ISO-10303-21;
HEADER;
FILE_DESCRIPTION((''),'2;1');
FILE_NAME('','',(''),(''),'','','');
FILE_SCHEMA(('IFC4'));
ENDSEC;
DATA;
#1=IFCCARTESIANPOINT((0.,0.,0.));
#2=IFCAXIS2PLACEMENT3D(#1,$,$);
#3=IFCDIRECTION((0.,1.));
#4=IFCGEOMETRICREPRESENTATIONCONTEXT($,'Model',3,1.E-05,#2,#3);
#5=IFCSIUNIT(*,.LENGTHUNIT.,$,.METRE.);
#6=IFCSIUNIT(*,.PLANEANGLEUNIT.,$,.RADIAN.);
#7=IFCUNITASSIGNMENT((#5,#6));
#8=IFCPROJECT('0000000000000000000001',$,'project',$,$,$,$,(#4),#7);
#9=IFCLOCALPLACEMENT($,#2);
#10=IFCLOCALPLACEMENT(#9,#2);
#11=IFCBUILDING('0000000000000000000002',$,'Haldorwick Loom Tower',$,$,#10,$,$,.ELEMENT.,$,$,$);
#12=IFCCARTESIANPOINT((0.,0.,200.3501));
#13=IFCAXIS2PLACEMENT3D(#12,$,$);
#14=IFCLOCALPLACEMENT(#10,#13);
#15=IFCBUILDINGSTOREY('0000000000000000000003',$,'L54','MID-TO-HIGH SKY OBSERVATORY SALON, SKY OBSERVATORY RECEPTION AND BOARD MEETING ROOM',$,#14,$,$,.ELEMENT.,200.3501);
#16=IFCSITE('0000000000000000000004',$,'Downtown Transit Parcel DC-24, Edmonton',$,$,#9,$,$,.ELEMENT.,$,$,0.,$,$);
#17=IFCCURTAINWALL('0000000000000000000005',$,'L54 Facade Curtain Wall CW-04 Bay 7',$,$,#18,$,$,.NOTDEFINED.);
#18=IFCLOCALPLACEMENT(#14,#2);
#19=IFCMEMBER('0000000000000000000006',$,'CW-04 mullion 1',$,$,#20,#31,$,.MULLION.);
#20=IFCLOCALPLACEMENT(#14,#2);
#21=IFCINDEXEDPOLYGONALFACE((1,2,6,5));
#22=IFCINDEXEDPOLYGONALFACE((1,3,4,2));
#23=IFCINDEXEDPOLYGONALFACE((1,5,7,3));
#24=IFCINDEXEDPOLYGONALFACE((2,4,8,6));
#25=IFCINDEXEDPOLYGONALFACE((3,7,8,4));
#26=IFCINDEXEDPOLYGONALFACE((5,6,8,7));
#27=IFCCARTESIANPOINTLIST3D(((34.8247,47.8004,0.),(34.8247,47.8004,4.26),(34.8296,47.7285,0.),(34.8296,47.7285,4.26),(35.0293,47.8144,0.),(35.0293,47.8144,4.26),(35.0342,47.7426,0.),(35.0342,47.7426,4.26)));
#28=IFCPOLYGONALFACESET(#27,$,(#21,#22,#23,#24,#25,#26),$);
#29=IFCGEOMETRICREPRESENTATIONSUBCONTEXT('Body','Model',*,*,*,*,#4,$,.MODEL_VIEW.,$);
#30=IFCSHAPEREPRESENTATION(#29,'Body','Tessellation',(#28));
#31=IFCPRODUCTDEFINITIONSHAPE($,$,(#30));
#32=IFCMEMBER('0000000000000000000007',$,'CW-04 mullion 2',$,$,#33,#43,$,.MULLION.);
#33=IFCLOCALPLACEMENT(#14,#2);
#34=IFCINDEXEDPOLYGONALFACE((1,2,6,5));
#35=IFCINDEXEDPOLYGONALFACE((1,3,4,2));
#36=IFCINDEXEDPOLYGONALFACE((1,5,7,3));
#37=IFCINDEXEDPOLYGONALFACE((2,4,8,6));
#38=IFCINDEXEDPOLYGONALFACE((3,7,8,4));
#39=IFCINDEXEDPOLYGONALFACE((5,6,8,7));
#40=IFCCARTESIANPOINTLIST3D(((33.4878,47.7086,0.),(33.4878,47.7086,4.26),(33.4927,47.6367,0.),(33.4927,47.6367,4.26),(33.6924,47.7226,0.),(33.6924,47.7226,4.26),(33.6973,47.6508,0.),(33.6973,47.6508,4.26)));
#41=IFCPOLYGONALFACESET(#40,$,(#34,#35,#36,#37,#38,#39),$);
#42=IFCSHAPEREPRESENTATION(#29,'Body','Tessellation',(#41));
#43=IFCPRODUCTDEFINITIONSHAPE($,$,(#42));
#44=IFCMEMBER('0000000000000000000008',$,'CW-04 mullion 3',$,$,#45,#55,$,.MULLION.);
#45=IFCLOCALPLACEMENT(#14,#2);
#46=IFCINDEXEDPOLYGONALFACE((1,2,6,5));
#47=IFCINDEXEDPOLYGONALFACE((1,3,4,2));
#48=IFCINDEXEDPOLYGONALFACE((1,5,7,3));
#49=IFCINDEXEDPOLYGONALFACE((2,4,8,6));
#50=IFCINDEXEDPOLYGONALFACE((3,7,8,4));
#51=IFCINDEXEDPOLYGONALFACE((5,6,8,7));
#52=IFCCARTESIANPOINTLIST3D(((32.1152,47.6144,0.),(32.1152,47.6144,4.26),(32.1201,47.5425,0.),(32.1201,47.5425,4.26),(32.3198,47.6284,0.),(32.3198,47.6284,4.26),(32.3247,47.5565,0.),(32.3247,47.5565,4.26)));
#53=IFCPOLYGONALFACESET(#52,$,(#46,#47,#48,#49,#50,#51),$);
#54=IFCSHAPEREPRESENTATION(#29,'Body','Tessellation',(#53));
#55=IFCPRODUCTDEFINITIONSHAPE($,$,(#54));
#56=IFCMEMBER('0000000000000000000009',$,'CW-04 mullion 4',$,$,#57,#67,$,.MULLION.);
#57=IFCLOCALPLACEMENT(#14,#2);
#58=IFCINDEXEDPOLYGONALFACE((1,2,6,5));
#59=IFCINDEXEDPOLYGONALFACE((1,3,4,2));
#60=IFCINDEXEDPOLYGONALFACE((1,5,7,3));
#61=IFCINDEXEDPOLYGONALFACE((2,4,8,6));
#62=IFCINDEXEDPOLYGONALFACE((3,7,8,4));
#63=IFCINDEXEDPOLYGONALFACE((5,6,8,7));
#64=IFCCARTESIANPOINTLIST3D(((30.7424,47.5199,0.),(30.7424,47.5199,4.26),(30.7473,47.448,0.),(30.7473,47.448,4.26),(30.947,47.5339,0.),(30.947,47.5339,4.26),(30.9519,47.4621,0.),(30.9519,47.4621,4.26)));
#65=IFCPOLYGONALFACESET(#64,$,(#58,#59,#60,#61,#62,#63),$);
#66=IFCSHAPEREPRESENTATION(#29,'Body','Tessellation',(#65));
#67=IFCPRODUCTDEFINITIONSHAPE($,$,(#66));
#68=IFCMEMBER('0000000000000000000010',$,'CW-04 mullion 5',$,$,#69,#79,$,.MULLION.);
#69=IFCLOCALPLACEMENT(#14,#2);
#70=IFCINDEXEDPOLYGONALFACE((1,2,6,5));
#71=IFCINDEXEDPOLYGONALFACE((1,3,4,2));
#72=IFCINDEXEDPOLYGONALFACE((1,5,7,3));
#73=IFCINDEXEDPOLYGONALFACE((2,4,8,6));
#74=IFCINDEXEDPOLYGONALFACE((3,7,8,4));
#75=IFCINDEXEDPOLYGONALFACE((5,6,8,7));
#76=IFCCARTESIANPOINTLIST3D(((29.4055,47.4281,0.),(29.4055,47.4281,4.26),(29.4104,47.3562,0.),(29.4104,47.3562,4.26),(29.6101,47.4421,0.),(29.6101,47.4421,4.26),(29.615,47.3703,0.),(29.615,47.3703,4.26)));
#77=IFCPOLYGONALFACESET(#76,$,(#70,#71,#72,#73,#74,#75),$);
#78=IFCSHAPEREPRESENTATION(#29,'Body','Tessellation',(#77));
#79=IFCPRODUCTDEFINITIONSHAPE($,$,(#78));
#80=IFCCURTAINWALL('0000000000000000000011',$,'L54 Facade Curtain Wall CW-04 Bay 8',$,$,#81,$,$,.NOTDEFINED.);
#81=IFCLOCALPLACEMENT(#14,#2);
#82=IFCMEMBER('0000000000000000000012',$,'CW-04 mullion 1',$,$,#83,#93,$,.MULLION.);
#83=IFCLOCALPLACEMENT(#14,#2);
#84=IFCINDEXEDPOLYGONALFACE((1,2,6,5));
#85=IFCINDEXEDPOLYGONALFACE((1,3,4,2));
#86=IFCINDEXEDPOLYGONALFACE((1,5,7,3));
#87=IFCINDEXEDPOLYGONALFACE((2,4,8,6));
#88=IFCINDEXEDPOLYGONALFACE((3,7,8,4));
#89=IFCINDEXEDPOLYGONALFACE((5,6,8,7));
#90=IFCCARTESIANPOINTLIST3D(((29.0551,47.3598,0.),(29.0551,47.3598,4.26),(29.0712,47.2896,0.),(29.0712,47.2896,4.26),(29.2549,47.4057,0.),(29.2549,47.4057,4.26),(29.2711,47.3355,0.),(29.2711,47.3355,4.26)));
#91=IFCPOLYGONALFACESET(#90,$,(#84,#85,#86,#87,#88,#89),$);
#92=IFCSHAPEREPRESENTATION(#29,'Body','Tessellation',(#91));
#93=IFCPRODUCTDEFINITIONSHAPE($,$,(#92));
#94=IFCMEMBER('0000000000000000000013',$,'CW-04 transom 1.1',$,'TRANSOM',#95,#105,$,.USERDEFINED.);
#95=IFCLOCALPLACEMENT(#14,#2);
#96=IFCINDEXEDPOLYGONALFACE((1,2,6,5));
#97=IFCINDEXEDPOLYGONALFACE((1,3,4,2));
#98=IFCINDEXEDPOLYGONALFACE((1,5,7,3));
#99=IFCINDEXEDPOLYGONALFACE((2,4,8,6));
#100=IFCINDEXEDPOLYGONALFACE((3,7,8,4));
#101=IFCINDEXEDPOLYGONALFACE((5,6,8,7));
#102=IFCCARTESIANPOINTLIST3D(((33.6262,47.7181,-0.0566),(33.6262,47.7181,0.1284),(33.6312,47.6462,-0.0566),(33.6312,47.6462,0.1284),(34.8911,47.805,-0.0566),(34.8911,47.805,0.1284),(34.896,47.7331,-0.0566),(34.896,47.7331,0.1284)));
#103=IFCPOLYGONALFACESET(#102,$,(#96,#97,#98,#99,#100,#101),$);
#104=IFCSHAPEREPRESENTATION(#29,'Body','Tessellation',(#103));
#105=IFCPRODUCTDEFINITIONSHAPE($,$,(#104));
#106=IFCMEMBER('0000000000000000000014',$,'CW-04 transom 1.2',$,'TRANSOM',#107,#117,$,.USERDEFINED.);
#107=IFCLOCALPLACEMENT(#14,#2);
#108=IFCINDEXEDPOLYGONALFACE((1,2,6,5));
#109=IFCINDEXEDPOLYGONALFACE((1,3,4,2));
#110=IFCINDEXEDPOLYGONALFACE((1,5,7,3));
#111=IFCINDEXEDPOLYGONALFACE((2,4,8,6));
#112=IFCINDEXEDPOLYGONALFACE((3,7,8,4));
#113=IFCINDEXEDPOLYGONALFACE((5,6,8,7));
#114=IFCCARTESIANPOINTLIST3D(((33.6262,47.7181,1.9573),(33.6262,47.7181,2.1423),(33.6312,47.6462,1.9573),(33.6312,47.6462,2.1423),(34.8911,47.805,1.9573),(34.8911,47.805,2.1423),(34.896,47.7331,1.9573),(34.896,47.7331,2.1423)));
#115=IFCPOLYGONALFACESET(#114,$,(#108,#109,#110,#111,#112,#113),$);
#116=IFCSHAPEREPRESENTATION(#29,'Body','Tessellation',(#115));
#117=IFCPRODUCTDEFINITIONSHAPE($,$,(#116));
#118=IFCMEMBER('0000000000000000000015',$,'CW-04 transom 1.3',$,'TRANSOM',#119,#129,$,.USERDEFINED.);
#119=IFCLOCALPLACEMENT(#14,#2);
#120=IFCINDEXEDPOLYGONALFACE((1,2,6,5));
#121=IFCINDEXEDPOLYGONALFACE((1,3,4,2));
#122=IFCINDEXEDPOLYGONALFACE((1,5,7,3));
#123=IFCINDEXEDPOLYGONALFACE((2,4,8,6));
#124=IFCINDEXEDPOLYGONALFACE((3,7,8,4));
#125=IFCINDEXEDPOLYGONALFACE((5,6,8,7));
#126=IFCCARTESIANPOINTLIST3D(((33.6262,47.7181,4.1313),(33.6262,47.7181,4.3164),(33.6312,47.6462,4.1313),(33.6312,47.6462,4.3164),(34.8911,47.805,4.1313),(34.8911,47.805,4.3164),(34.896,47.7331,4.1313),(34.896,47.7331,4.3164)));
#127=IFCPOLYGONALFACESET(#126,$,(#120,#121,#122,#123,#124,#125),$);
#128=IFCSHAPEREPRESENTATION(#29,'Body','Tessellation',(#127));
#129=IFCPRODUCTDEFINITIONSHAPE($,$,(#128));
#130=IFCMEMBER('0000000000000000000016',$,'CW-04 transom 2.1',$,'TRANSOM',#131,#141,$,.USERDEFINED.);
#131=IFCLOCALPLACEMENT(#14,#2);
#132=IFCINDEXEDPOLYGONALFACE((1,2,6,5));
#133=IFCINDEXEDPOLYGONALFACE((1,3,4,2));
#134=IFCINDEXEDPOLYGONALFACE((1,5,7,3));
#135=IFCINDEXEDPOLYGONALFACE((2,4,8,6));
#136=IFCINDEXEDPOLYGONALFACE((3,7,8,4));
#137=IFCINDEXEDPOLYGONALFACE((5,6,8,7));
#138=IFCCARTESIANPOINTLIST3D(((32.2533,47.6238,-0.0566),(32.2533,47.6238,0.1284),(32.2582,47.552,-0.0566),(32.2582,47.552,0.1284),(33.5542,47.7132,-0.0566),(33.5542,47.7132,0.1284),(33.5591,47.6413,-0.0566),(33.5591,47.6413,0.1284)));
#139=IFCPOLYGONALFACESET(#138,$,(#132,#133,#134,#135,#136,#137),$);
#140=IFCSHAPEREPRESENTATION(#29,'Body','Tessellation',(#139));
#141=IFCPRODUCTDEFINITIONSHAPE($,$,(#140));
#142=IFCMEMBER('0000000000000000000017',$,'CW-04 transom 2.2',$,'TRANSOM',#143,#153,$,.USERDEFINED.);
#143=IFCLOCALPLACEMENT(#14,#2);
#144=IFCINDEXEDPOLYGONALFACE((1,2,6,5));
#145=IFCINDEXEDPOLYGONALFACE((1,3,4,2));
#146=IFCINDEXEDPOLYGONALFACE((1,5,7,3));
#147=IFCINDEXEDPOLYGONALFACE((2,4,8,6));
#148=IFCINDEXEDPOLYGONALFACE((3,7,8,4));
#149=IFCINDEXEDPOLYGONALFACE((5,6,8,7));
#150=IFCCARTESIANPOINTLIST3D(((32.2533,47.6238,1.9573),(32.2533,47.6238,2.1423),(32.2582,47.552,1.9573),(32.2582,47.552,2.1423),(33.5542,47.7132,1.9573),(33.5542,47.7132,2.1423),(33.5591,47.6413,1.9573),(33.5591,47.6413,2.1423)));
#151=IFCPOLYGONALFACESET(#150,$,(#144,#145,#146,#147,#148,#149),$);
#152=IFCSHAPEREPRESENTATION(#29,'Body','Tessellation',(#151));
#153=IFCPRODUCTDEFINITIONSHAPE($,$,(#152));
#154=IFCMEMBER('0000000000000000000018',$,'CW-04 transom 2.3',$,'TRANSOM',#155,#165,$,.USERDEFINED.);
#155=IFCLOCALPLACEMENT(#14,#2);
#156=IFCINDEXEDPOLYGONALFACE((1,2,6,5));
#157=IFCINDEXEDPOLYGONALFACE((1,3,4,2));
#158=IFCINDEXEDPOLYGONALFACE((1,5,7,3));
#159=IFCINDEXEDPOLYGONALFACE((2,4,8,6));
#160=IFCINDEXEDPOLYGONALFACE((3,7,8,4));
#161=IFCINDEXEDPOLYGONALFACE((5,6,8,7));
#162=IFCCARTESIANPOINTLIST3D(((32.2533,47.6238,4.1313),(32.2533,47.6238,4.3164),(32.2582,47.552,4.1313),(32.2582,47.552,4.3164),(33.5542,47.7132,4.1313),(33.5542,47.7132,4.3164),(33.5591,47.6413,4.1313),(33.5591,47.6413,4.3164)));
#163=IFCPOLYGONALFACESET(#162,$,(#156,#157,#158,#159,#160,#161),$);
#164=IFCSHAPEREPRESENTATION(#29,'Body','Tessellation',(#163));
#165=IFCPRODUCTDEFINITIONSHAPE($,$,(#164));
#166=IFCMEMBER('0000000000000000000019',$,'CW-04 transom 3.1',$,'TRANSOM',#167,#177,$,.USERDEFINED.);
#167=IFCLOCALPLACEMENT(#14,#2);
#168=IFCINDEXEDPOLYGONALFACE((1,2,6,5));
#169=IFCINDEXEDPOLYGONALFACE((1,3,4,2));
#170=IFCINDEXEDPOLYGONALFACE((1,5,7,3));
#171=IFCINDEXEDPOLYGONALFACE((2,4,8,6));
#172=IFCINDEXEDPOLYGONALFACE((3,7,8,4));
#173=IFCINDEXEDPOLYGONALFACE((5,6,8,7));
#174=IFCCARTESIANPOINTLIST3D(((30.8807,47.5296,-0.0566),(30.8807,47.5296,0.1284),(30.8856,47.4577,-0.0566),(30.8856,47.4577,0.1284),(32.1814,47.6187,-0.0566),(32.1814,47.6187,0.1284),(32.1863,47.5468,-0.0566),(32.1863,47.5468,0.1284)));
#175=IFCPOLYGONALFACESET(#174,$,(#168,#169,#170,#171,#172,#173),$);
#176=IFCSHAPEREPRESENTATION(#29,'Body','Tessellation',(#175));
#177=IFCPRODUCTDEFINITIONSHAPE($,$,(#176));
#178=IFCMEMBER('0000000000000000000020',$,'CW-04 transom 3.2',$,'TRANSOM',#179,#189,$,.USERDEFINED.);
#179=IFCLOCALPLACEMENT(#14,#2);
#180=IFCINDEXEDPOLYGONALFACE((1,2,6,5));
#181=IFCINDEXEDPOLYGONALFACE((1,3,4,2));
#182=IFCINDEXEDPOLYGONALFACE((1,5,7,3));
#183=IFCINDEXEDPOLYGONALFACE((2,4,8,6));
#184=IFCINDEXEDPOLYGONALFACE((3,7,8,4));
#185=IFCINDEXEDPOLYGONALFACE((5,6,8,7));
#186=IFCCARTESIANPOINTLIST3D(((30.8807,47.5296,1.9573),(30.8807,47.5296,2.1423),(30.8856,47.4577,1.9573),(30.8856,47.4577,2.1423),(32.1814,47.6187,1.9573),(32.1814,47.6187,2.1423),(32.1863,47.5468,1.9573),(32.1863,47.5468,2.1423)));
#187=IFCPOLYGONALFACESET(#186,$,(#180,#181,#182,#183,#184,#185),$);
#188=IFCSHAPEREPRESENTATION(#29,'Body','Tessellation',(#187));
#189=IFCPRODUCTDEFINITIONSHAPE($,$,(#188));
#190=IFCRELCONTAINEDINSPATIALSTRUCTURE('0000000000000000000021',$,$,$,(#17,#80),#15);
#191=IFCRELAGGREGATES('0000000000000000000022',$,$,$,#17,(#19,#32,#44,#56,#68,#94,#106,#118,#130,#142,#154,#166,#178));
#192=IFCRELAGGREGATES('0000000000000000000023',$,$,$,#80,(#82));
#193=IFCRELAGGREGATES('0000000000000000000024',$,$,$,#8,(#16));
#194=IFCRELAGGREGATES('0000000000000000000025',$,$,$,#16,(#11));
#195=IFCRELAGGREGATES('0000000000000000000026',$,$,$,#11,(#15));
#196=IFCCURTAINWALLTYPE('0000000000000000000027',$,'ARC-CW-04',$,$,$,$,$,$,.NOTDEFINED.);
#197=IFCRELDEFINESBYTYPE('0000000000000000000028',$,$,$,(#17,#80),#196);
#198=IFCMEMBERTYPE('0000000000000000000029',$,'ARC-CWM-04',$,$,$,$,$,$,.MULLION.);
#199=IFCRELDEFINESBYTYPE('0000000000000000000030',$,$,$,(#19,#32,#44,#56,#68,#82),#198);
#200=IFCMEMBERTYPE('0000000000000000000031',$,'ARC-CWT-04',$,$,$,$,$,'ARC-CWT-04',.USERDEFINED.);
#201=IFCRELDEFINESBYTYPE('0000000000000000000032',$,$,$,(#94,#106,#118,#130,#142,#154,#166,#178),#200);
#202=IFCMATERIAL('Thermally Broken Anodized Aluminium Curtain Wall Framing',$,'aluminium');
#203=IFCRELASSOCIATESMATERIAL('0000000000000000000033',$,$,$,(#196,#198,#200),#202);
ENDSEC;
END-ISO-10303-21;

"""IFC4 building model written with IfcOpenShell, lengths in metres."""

from ifc_helpers import new_model, si_unit, direction, frame, origin, origin_2d, place, context, subcontext, project, spatial, rectangle, extrude, material, material_profile, profile_set, type_object, element, aggregate, save


model = new_model("IFC4")

# Units and contexts
model_context = context("Model", 3, precision=1e-05, world=origin(), true_north=direction((0.0, 1.0)))
body_context = subcontext(model_context, "Body", "Model", "MODEL_VIEW")
ifc_project = project(units=[si_unit("LENGTHUNIT", "METRE"), si_unit("PLANEANGLEUNIT", "RADIAN")], contexts=[model_context])

# Site, building, storey
site_placement = place(None, origin())
site = spatial("IfcSite", under=ifc_project, at=site_placement, Name="Downtown Transit Parcel DC-24, Edmonton", CompositionType="ELEMENT", RefElevation=0.0)
building_placement = place(site_placement, origin())
building = spatial("IfcBuilding", under=site, at=building_placement, Name="Haldorwick Loom Tower", CompositionType="ELEMENT")
storey_placement = place(building_placement, frame((0.0, 0.0, 200.3501)))
storey = spatial("IfcBuildingStorey", under=building, at=storey_placement, Name="L54", Description="MID-TO-HIGH SKY OBSERVATORY SALON, SKY OBSERVATORY RECEPTION AND BOARD MEETING ROOM", CompositionType="ELEMENT", Elevation=200.3501)

# Curtain wall, members
ifc_material_1 = material(Name="Thermally Broken Anodized Aluminium Curtain Wall Framing", Category="aluminium")
curtain_wall_type = type_object("IfcCurtainWallType", Name="ARC-CW-04", PredefinedType="NOTDEFINED", material=ifc_material_1)
curtain_wall_1_placement = place(storey_placement, origin())
curtain_wall_1 = element("IfcCurtainWall", 1, at=curtain_wall_1_placement, inside=storey, type_object=curtain_wall_type, Name="L54 Facade Curtain Wall CW-04 Bay 7", PredefinedType="NOTDEFINED")
ifc_material_profile_1 = material_profile(ifc_material_1, rectangle(XDim=0.072, YDim=0.2051, at=origin_2d()), Name="ALU_MUL_72X205", Category="aluminium")
ifc_profile_set_1 = profile_set([ifc_material_profile_1], Name="Thermally Broken Anodized Aluminium Curtain Wall Framing")
member_type_1 = type_object("IfcMemberType", Name="ARC-CWM-04", PredefinedType="MULLION", material=ifc_profile_set_1)
member_1_placement = place(storey_placement, frame((34.9294, 47.7715, 0.0), z_axis=(0.0, 0.0, 1.0), x_axis=(0.068513, -0.99765, 0.0)))
member_1 = element("IfcMember", 2, at=member_1_placement, type_object=member_type_1, Name="CW-04 mullion 1", PredefinedType="MULLION", context=body_context, shape_type="SweptSolid", body=[
    extrude(rectangle(XDim=0.072, YDim=0.2051, at=origin_2d()), origin(), (0.0, 0.0, 1.0), 4.26),
])
member_2_placement = place(storey_placement, frame((33.5925, 47.6797, 0.0), z_axis=(0.0, 0.0, 1.0), x_axis=(0.068513, -0.99765, 0.0)))
member_2 = element("IfcMember", 3, at=member_2_placement, type_object=member_type_1, Name="CW-04 mullion 2", PredefinedType="MULLION", context=body_context, shape_type="SweptSolid", body=[
    extrude(rectangle(XDim=0.072, YDim=0.2051, at=origin_2d()), origin(), (0.0, 0.0, 1.0), 4.26),
])
member_3_placement = place(storey_placement, frame((32.22, 47.5854, 0.0), z_axis=(0.0, 0.0, 1.0), x_axis=(0.068513, -0.99765, 0.0)))
member_3 = element("IfcMember", 4, at=member_3_placement, type_object=member_type_1, Name="CW-04 mullion 3", PredefinedType="MULLION", context=body_context, shape_type="SweptSolid", body=[
    extrude(rectangle(XDim=0.072, YDim=0.2051, at=origin_2d()), origin(), (0.0, 0.0, 1.0), 4.26),
])
member_4_placement = place(storey_placement, frame((30.8472, 47.491, 0.0), z_axis=(0.0, 0.0, 1.0), x_axis=(0.068513, -0.99765, 0.0)))
member_4 = element("IfcMember", 5, at=member_4_placement, type_object=member_type_1, Name="CW-04 mullion 4", PredefinedType="MULLION", context=body_context, shape_type="SweptSolid", body=[
    extrude(rectangle(XDim=0.072, YDim=0.2051, at=origin_2d()), origin(), (0.0, 0.0, 1.0), 4.26),
])
member_5_placement = place(storey_placement, frame((29.5103, 47.3992, 0.0), z_axis=(0.0, 0.0, 1.0), x_axis=(0.068513, -0.99765, 0.0)))
member_5 = element("IfcMember", 6, at=member_5_placement, type_object=member_type_1, Name="CW-04 mullion 5", PredefinedType="MULLION", context=body_context, shape_type="SweptSolid", body=[
    extrude(rectangle(XDim=0.072, YDim=0.2051, at=origin_2d()), origin(), (0.0, 0.0, 1.0), 4.26),
])

# Curtain wall, member
curtain_wall_2_placement = place(storey_placement, origin())
curtain_wall_2 = element("IfcCurtainWall", 7, at=curtain_wall_2_placement, inside=storey, type_object=curtain_wall_type, Name="L54 Facade Curtain Wall CW-04 Bay 8", PredefinedType="NOTDEFINED")
member_6_placement = place(storey_placement, frame((29.1631, 47.3477, 0.0), z_axis=(0.0, 0.0, 1.0), x_axis=(0.224142, -0.974557, 0.0)))
member_6 = element("IfcMember", 8, at=member_6_placement, type_object=member_type_1, Name="CW-04 mullion 1", PredefinedType="MULLION", context=body_context, shape_type="SweptSolid", body=[
    extrude(rectangle(XDim=0.072, YDim=0.2051, at=origin_2d()), origin(), (0.0, 0.0, 1.0), 4.26),
])

# Members
ifc_material_profile_2 = material_profile(ifc_material_1, rectangle(XDim=0.072, YDim=0.1851, at=origin_2d()), Name="ALU_TRN_72X185", Category="aluminium")
ifc_profile_set_2 = profile_set([ifc_material_profile_2], Name="Thermally Broken Anodized Aluminium Curtain Wall Framing")
member_type_2 = type_object("IfcMemberType", Name="ARC-CWT-04", ElementType="ARC-CWT-04", PredefinedType="USERDEFINED", material=ifc_profile_set_2)
member_7_placement = place(storey_placement, frame((34.8936, 47.769, 0.0359), z_axis=(-0.997648, -0.068551, 0.0), x_axis=(0.068551, -0.997648, 0.0)))
member_7 = element("IfcMember", 9, at=member_7_placement, type_object=member_type_2, Name="CW-04 transom 1.1", ObjectType="TRANSOM", PredefinedType="USERDEFINED", context=body_context, shape_type="SweptSolid", body=[
    extrude(rectangle(XDim=0.072, YDim=0.1851, at=origin_2d()), origin(), (0.0, 0.0, 1.0), 1.2678),
])
member_8_placement = place(storey_placement, frame((34.8936, 47.769, 2.0498), z_axis=(-0.997648, -0.068551, 0.0), x_axis=(0.068551, -0.997648, 0.0)))
member_8 = element("IfcMember", 10, at=member_8_placement, type_object=member_type_2, Name="CW-04 transom 1.2", ObjectType="TRANSOM", PredefinedType="USERDEFINED", context=body_context, shape_type="SweptSolid", body=[
    extrude(rectangle(XDim=0.072, YDim=0.1851, at=origin_2d()), origin(), (0.0, 0.0, 1.0), 1.2678),
])
member_9_placement = place(storey_placement, frame((34.8936, 47.769, 4.2239), z_axis=(-0.997648, -0.068551, 0.0), x_axis=(0.068551, -0.997648, 0.0)))
member_9 = element("IfcMember", 11, at=member_9_placement, type_object=member_type_2, Name="CW-04 transom 1.3", ObjectType="TRANSOM", PredefinedType="USERDEFINED", context=body_context, shape_type="SweptSolid", body=[
    extrude(rectangle(XDim=0.072, YDim=0.1851, at=origin_2d()), origin(), (0.0, 0.0, 1.0), 1.2678),
])
member_10_placement = place(storey_placement, frame((33.5566, 47.6772, 0.0359), z_axis=(-0.997649, -0.068532, 0.0), x_axis=(0.068532, -0.997649, 0.0)))
member_10 = element("IfcMember", 12, at=member_10_placement, type_object=member_type_2, Name="CW-04 transom 2.1", ObjectType="TRANSOM", PredefinedType="USERDEFINED", context=body_context, shape_type="SweptSolid", body=[
    extrude(rectangle(XDim=0.072, YDim=0.1851, at=origin_2d()), origin(), (0.0, 0.0, 1.0), 1.304),
])
member_11_placement = place(storey_placement, frame((33.5566, 47.6772, 2.0498), z_axis=(-0.997649, -0.068532, 0.0), x_axis=(0.068532, -0.997649, 0.0)))
member_11 = element("IfcMember", 13, at=member_11_placement, type_object=member_type_2, Name="CW-04 transom 2.2", ObjectType="TRANSOM", PredefinedType="USERDEFINED", context=body_context, shape_type="SweptSolid", body=[
    extrude(rectangle(XDim=0.072, YDim=0.1851, at=origin_2d()), origin(), (0.0, 0.0, 1.0), 1.304),
])
member_12_placement = place(storey_placement, frame((33.5566, 47.6772, 4.2239), z_axis=(-0.997649, -0.068532, 0.0), x_axis=(0.068532, -0.997649, 0.0)))
member_12 = element("IfcMember", 14, at=member_12_placement, type_object=member_type_2, Name="CW-04 transom 2.3", ObjectType="TRANSOM", PredefinedType="USERDEFINED", context=body_context, shape_type="SweptSolid", body=[
    extrude(rectangle(XDim=0.072, YDim=0.1851, at=origin_2d()), origin(), (0.0, 0.0, 1.0), 1.304),
])
member_13_placement = place(storey_placement, frame((32.1838, 47.5828, 0.0359), z_axis=(-0.997662, -0.068346, 0.0), x_axis=(0.068346, -0.997662, 0.0)))
member_13 = element("IfcMember", 15, at=member_13_placement, type_object=member_type_2, Name="CW-04 transom 3.1", ObjectType="TRANSOM", PredefinedType="USERDEFINED", context=body_context, shape_type="SweptSolid", body=[
    extrude(rectangle(XDim=0.072, YDim=0.1851, at=origin_2d()), origin(), (0.0, 0.0, 1.0), 1.3037),
])
member_14_placement = place(storey_placement, frame((32.1838, 47.5828, 2.0498), z_axis=(-0.997662, -0.068346, 0.0), x_axis=(0.068346, -0.997662, 0.0)))
member_14 = element("IfcMember", 16, at=member_14_placement, type_object=member_type_2, Name="CW-04 transom 3.2", ObjectType="TRANSOM", PredefinedType="USERDEFINED", context=body_context, shape_type="SweptSolid", body=[
    extrude(rectangle(XDim=0.072, YDim=0.1851, at=origin_2d()), origin(), (0.0, 0.0, 1.0), 1.3037),
])

aggregate(curtain_wall_1, [member_1, member_2, member_3, member_4, member_5, member_7, member_8, member_9, member_10, member_11, member_12, member_13, member_14])
aggregate(curtain_wall_2, [member_6])

save(model, "model.ifc")
